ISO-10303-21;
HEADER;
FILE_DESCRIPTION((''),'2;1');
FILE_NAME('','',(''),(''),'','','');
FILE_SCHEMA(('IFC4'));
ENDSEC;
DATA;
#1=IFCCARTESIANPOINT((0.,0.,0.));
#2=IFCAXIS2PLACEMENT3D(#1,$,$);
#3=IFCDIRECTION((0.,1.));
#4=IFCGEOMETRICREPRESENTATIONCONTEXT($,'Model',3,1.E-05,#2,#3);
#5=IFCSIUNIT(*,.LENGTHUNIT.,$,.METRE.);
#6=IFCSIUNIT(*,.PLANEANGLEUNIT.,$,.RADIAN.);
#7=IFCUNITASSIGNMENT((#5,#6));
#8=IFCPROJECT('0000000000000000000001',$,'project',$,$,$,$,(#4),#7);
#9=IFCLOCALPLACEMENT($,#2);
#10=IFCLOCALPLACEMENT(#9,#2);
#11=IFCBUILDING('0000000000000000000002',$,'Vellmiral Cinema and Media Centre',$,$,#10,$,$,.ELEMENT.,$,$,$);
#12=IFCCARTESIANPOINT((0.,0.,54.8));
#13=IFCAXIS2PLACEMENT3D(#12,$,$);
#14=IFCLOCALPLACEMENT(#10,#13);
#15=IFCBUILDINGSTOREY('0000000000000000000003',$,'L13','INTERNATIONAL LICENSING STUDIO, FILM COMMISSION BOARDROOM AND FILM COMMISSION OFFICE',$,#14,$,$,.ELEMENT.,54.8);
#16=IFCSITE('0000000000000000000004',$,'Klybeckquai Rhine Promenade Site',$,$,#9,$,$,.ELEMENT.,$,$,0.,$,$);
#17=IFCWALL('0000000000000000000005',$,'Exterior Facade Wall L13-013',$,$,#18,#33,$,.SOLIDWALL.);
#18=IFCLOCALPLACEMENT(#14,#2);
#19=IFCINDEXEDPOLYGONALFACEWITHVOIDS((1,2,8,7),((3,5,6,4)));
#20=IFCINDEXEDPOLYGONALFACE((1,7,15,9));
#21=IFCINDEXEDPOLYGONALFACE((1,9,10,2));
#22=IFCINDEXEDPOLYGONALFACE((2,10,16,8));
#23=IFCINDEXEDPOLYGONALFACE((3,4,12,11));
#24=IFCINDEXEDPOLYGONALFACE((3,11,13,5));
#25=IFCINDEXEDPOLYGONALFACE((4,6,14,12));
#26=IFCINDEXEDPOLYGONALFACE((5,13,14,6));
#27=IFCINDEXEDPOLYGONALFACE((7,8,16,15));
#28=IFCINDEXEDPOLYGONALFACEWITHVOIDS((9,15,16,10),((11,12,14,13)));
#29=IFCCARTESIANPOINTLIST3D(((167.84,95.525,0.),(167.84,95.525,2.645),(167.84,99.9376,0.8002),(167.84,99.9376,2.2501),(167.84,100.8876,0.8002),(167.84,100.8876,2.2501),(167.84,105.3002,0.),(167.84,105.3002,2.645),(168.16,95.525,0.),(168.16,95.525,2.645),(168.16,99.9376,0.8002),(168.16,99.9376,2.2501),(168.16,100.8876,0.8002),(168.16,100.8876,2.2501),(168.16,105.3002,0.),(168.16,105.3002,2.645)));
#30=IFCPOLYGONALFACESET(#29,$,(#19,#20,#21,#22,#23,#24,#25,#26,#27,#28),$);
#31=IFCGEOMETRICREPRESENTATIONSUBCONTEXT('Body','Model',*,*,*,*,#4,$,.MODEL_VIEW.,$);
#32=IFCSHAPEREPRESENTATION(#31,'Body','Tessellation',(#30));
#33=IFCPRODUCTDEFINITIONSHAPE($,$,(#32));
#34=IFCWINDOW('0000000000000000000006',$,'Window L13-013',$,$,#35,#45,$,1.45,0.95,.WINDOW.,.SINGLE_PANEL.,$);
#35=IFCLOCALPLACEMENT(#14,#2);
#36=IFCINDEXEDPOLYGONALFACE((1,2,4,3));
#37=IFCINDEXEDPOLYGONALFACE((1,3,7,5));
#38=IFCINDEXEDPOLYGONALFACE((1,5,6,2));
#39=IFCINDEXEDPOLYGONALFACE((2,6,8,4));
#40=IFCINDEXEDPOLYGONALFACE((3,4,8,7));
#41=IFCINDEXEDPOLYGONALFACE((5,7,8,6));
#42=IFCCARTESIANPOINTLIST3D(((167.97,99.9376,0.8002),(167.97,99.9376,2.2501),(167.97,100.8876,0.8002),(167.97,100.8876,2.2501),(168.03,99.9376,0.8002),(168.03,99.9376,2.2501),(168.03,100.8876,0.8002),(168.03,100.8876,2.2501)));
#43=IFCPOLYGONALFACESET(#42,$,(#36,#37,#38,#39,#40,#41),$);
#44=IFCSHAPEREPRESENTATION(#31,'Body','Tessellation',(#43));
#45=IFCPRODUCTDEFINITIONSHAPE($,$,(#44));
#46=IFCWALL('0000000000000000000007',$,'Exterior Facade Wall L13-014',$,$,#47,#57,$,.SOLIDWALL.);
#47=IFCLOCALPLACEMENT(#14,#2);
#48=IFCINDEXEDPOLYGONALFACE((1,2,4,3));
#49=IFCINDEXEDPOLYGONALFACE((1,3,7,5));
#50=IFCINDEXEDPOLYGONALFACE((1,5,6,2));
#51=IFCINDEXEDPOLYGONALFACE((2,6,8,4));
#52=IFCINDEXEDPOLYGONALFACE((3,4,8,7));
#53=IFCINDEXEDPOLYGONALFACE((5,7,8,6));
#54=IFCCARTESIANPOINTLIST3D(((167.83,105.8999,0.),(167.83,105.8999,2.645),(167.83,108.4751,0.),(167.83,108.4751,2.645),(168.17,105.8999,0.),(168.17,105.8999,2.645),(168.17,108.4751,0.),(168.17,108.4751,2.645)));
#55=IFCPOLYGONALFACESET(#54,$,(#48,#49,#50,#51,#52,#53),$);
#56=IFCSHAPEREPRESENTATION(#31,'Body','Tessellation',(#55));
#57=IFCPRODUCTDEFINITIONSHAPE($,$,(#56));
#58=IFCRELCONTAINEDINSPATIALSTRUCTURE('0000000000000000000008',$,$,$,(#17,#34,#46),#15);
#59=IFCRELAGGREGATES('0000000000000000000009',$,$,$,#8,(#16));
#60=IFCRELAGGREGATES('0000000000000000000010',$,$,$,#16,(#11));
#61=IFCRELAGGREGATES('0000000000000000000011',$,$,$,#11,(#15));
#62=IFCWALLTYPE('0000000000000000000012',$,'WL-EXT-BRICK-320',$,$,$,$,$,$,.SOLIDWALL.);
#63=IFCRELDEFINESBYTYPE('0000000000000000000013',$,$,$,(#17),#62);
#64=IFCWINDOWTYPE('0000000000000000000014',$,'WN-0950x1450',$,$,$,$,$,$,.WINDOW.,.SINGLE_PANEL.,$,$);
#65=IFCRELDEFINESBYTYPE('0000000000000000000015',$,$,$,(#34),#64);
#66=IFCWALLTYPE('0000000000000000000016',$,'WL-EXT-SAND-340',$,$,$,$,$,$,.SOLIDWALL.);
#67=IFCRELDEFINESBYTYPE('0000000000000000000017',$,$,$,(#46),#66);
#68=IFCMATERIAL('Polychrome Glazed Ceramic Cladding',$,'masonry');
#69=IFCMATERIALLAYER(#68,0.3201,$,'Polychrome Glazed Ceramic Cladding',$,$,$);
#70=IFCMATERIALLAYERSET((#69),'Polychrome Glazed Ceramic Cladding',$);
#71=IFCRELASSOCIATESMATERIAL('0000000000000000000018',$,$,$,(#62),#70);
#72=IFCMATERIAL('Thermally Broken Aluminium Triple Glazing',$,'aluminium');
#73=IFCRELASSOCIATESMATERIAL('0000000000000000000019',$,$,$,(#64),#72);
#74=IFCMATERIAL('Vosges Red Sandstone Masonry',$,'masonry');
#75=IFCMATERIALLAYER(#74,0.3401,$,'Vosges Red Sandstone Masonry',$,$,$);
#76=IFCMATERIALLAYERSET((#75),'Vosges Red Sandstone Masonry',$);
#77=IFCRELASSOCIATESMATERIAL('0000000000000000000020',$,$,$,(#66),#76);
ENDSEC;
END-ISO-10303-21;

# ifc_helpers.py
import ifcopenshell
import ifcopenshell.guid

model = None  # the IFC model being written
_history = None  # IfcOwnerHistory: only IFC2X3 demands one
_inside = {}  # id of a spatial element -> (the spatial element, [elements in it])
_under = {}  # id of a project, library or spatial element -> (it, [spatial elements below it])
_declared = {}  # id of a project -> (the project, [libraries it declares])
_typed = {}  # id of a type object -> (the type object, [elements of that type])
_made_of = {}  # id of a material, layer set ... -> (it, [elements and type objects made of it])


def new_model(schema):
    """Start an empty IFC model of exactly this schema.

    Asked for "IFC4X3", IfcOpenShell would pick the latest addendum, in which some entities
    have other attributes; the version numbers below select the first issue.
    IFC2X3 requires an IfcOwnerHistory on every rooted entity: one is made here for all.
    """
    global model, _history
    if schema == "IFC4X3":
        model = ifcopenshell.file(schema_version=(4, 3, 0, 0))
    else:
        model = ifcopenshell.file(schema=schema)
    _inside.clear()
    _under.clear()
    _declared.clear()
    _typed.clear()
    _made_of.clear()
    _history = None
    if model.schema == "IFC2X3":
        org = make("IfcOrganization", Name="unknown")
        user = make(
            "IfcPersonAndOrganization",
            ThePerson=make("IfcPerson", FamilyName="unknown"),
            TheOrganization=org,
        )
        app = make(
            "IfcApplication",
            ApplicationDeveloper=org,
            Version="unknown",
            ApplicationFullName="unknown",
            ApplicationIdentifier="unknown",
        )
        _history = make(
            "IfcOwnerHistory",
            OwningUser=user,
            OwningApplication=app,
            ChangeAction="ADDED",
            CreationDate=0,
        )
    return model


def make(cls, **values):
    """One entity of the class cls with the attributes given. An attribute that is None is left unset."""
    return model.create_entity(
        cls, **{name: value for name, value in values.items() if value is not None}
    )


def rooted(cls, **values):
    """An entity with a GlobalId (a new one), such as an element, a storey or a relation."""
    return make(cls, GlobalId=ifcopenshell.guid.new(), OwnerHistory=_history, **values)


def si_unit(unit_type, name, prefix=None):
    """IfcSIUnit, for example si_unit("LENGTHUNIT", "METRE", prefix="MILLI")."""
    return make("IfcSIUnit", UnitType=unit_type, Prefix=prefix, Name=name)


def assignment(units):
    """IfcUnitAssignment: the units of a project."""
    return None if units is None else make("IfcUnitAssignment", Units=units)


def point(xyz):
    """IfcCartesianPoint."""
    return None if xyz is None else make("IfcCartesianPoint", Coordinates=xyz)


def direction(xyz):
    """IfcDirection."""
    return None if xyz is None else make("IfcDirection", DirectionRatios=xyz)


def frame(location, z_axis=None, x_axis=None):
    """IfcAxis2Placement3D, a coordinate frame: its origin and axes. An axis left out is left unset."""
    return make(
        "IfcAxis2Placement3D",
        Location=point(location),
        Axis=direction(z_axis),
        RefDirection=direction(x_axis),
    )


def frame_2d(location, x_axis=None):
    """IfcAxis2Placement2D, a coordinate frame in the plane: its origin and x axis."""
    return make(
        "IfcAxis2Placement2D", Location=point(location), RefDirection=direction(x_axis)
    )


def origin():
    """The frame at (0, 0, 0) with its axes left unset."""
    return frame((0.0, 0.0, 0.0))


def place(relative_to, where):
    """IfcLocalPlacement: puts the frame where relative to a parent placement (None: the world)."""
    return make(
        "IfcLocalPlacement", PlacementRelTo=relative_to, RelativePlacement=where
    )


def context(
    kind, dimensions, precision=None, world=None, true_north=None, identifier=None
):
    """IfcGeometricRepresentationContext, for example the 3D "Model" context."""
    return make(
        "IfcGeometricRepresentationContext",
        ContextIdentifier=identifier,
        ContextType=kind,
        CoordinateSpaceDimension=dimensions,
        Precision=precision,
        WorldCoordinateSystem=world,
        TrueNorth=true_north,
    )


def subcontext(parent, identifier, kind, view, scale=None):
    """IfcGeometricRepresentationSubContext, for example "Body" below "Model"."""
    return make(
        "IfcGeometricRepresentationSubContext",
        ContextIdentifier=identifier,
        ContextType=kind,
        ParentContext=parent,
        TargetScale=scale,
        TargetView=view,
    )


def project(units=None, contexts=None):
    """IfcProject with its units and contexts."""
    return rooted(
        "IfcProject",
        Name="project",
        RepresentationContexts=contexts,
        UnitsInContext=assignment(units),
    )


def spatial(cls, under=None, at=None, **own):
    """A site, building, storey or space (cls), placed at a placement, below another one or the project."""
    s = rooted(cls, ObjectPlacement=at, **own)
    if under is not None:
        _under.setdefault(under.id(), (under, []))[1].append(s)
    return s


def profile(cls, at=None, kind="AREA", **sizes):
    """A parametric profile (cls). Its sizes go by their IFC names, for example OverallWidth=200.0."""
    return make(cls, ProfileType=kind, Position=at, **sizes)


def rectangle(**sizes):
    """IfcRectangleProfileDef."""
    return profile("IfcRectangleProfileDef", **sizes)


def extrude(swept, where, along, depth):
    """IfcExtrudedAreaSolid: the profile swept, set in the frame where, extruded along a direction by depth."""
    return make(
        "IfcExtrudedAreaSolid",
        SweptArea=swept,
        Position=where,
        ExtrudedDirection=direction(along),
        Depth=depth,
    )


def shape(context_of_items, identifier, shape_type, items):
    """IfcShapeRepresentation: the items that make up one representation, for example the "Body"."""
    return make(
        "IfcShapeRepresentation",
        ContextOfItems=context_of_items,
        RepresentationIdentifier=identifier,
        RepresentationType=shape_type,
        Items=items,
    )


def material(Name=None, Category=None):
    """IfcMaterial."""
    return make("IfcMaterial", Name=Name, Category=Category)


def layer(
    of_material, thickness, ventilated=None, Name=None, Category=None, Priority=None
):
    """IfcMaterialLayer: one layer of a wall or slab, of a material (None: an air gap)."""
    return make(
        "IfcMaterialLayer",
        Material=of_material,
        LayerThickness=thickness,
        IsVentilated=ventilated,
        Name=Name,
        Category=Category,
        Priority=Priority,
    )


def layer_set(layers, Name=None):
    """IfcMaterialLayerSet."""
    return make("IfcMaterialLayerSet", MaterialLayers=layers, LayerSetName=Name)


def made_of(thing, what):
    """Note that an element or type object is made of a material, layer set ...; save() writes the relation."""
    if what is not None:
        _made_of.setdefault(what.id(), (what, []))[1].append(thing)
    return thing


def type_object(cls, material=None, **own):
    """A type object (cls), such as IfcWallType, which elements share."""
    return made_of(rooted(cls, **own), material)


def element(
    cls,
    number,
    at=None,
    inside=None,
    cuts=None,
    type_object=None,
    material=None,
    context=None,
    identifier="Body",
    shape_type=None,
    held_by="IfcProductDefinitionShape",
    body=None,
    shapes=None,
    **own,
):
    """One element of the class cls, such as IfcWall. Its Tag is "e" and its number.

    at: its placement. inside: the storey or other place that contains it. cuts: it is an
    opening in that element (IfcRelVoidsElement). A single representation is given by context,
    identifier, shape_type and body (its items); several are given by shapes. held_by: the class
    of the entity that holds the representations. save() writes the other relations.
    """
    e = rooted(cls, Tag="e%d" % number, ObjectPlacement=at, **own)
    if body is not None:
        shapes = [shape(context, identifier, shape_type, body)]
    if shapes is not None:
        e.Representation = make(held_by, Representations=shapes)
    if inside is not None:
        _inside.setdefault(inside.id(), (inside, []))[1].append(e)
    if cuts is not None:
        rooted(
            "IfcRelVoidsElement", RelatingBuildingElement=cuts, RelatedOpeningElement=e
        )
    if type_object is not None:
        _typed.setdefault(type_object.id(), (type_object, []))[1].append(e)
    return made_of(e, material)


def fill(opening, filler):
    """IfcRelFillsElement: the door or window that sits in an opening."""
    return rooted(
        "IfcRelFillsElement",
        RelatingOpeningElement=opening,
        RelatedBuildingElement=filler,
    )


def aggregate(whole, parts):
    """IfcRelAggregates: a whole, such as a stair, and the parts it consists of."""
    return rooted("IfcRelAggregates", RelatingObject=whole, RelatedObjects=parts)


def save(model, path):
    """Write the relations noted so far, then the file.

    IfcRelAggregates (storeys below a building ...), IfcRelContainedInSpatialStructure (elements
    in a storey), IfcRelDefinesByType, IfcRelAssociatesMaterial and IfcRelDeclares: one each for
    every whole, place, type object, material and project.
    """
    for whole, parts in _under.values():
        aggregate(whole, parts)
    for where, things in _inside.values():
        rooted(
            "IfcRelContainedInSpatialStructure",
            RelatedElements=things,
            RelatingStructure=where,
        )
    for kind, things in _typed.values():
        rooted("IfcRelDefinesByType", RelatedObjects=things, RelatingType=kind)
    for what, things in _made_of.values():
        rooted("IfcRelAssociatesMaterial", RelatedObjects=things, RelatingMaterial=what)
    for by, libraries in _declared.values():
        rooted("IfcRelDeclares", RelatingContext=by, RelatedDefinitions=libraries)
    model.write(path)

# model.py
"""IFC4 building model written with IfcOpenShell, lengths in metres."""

from ifc_helpers import new_model, si_unit, direction, frame, frame_2d, origin, place, context, subcontext, project, spatial, rectangle, extrude, material, layer, layer_set, type_object, element, fill, save


model = new_model("IFC4")

# Units and contexts
model_context = context("Model", 3, precision=1e-05, world=origin(), true_north=direction((0.0, 1.0)))
body_context = subcontext(model_context, "Body", "Model", "MODEL_VIEW")
ifc_project = project(units=[si_unit("LENGTHUNIT", "METRE"), si_unit("PLANEANGLEUNIT", "RADIAN")], contexts=[model_context])

# Site, building, storey
site_placement = place(None, origin())
site = spatial("IfcSite", under=ifc_project, at=site_placement, Name="Klybeckquai Rhine Promenade Site", CompositionType="ELEMENT", RefElevation=0.0)
building_placement = place(site_placement, origin())
building = spatial("IfcBuilding", under=site, at=building_placement, Name="Vellmiral Cinema and Media Centre", CompositionType="ELEMENT")
storey_placement = place(building_placement, frame((0.0, 0.0, 54.8)))
storey = spatial("IfcBuildingStorey", under=building, at=storey_placement, Name="L13", Description="INTERNATIONAL LICENSING STUDIO, FILM COMMISSION BOARDROOM AND FILM COMMISSION OFFICE", CompositionType="ELEMENT", Elevation=54.8)

# Wall, opening, window
ifc_material_1 = material(Name="Polychrome Glazed Ceramic Cladding", Category="masonry")
ifc_layer_1 = layer(ifc_material_1, 0.3201, Name="Polychrome Glazed Ceramic Cladding")
ifc_layer_set_1 = layer_set([ifc_layer_1], Name="Polychrome Glazed Ceramic Cladding")
wall_type_1 = type_object("IfcWallType", Name="WL-EXT-BRICK-320", PredefinedType="SOLIDWALL", material=ifc_layer_set_1)
wall_1_placement = place(storey_placement, frame((168.0, 95.5249, 0.0), z_axis=(0.0, 0.0, 1.0), x_axis=(0.0, 1.0, 0.0)))
wall_1 = element("IfcWall", 1, at=wall_1_placement, inside=storey, type_object=wall_type_1, Name="Exterior Facade Wall L13-013", PredefinedType="SOLIDWALL", context=body_context, shape_type="SweptSolid", body=[
    extrude(rectangle(XDim=9.7751, YDim=0.3201, at=frame_2d((4.8877, 0.0))), origin(), (0.0, 0.0, 1.0), 2.645),
])
opening_placement = place(wall_1_placement, frame((4.4126, 0.0, 0.8)))
opening = element("IfcOpeningElement", 2, at=opening_placement, cuts=wall_1, PredefinedType="OPENING", context=body_context, shape_type="SweptSolid", body=[
    extrude(rectangle(XDim=0.95, YDim=1.45, at=frame_2d((0.4751, 0.7251))), frame((0.0, 0.1719, 0.0), z_axis=(0.0, -1.0, 0.0), x_axis=(1.0, 0.0, 0.0)), (0.0, 0.0, 1.0), 0.344),
])
ifc_material_2 = material(Name="Thermally Broken Aluminium Triple Glazing", Category="aluminium")
window_type = type_object("IfcWindowType", Name="WN-0950x1450", PartitioningType="SINGLE_PANEL", PredefinedType="WINDOW", material=ifc_material_2)
window_placement = place(opening_placement, origin())
window = element("IfcWindow", 3, at=window_placement, inside=storey, type_object=window_type, Name="Window L13-013", OverallHeight=1.45, OverallWidth=0.95, PartitioningType="SINGLE_PANEL", PredefinedType="WINDOW", context=body_context, shape_type="SweptSolid", body=[
    extrude(rectangle(XDim=0.95, YDim=1.45, at=frame_2d((0.4751, 0.7251))), frame((0.0, 0.03, 0.0), z_axis=(0.0, -1.0, 0.0), x_axis=(1.0, 0.0, 0.0)), (0.0, 0.0, 1.0), 0.0601),
])
fill(opening, window)

# Wall
ifc_material_3 = material(Name="Vosges Red Sandstone Masonry", Category="masonry")
ifc_layer_2 = layer(ifc_material_3, 0.3401, Name="Vosges Red Sandstone Masonry")
ifc_layer_set_2 = layer_set([ifc_layer_2], Name="Vosges Red Sandstone Masonry")
wall_type_2 = type_object("IfcWallType", Name="WL-EXT-SAND-340", PredefinedType="SOLIDWALL", material=ifc_layer_set_2)
wall_2_placement = place(storey_placement, frame((168.0, 105.8999, 0.0), z_axis=(0.0, 0.0, 1.0), x_axis=(0.0, 1.0, 0.0)))
element("IfcWall", 4, at=wall_2_placement, inside=storey, type_object=wall_type_2, Name="Exterior Facade Wall L13-014", PredefinedType="SOLIDWALL", context=body_context, shape_type="SweptSolid", body=[
    extrude(rectangle(XDim=2.5752, YDim=0.3401, at=frame_2d((1.2876, 0.0))), origin(), (0.0, 0.0, 1.0), 2.645),
])

save(model, "model.ifc")
